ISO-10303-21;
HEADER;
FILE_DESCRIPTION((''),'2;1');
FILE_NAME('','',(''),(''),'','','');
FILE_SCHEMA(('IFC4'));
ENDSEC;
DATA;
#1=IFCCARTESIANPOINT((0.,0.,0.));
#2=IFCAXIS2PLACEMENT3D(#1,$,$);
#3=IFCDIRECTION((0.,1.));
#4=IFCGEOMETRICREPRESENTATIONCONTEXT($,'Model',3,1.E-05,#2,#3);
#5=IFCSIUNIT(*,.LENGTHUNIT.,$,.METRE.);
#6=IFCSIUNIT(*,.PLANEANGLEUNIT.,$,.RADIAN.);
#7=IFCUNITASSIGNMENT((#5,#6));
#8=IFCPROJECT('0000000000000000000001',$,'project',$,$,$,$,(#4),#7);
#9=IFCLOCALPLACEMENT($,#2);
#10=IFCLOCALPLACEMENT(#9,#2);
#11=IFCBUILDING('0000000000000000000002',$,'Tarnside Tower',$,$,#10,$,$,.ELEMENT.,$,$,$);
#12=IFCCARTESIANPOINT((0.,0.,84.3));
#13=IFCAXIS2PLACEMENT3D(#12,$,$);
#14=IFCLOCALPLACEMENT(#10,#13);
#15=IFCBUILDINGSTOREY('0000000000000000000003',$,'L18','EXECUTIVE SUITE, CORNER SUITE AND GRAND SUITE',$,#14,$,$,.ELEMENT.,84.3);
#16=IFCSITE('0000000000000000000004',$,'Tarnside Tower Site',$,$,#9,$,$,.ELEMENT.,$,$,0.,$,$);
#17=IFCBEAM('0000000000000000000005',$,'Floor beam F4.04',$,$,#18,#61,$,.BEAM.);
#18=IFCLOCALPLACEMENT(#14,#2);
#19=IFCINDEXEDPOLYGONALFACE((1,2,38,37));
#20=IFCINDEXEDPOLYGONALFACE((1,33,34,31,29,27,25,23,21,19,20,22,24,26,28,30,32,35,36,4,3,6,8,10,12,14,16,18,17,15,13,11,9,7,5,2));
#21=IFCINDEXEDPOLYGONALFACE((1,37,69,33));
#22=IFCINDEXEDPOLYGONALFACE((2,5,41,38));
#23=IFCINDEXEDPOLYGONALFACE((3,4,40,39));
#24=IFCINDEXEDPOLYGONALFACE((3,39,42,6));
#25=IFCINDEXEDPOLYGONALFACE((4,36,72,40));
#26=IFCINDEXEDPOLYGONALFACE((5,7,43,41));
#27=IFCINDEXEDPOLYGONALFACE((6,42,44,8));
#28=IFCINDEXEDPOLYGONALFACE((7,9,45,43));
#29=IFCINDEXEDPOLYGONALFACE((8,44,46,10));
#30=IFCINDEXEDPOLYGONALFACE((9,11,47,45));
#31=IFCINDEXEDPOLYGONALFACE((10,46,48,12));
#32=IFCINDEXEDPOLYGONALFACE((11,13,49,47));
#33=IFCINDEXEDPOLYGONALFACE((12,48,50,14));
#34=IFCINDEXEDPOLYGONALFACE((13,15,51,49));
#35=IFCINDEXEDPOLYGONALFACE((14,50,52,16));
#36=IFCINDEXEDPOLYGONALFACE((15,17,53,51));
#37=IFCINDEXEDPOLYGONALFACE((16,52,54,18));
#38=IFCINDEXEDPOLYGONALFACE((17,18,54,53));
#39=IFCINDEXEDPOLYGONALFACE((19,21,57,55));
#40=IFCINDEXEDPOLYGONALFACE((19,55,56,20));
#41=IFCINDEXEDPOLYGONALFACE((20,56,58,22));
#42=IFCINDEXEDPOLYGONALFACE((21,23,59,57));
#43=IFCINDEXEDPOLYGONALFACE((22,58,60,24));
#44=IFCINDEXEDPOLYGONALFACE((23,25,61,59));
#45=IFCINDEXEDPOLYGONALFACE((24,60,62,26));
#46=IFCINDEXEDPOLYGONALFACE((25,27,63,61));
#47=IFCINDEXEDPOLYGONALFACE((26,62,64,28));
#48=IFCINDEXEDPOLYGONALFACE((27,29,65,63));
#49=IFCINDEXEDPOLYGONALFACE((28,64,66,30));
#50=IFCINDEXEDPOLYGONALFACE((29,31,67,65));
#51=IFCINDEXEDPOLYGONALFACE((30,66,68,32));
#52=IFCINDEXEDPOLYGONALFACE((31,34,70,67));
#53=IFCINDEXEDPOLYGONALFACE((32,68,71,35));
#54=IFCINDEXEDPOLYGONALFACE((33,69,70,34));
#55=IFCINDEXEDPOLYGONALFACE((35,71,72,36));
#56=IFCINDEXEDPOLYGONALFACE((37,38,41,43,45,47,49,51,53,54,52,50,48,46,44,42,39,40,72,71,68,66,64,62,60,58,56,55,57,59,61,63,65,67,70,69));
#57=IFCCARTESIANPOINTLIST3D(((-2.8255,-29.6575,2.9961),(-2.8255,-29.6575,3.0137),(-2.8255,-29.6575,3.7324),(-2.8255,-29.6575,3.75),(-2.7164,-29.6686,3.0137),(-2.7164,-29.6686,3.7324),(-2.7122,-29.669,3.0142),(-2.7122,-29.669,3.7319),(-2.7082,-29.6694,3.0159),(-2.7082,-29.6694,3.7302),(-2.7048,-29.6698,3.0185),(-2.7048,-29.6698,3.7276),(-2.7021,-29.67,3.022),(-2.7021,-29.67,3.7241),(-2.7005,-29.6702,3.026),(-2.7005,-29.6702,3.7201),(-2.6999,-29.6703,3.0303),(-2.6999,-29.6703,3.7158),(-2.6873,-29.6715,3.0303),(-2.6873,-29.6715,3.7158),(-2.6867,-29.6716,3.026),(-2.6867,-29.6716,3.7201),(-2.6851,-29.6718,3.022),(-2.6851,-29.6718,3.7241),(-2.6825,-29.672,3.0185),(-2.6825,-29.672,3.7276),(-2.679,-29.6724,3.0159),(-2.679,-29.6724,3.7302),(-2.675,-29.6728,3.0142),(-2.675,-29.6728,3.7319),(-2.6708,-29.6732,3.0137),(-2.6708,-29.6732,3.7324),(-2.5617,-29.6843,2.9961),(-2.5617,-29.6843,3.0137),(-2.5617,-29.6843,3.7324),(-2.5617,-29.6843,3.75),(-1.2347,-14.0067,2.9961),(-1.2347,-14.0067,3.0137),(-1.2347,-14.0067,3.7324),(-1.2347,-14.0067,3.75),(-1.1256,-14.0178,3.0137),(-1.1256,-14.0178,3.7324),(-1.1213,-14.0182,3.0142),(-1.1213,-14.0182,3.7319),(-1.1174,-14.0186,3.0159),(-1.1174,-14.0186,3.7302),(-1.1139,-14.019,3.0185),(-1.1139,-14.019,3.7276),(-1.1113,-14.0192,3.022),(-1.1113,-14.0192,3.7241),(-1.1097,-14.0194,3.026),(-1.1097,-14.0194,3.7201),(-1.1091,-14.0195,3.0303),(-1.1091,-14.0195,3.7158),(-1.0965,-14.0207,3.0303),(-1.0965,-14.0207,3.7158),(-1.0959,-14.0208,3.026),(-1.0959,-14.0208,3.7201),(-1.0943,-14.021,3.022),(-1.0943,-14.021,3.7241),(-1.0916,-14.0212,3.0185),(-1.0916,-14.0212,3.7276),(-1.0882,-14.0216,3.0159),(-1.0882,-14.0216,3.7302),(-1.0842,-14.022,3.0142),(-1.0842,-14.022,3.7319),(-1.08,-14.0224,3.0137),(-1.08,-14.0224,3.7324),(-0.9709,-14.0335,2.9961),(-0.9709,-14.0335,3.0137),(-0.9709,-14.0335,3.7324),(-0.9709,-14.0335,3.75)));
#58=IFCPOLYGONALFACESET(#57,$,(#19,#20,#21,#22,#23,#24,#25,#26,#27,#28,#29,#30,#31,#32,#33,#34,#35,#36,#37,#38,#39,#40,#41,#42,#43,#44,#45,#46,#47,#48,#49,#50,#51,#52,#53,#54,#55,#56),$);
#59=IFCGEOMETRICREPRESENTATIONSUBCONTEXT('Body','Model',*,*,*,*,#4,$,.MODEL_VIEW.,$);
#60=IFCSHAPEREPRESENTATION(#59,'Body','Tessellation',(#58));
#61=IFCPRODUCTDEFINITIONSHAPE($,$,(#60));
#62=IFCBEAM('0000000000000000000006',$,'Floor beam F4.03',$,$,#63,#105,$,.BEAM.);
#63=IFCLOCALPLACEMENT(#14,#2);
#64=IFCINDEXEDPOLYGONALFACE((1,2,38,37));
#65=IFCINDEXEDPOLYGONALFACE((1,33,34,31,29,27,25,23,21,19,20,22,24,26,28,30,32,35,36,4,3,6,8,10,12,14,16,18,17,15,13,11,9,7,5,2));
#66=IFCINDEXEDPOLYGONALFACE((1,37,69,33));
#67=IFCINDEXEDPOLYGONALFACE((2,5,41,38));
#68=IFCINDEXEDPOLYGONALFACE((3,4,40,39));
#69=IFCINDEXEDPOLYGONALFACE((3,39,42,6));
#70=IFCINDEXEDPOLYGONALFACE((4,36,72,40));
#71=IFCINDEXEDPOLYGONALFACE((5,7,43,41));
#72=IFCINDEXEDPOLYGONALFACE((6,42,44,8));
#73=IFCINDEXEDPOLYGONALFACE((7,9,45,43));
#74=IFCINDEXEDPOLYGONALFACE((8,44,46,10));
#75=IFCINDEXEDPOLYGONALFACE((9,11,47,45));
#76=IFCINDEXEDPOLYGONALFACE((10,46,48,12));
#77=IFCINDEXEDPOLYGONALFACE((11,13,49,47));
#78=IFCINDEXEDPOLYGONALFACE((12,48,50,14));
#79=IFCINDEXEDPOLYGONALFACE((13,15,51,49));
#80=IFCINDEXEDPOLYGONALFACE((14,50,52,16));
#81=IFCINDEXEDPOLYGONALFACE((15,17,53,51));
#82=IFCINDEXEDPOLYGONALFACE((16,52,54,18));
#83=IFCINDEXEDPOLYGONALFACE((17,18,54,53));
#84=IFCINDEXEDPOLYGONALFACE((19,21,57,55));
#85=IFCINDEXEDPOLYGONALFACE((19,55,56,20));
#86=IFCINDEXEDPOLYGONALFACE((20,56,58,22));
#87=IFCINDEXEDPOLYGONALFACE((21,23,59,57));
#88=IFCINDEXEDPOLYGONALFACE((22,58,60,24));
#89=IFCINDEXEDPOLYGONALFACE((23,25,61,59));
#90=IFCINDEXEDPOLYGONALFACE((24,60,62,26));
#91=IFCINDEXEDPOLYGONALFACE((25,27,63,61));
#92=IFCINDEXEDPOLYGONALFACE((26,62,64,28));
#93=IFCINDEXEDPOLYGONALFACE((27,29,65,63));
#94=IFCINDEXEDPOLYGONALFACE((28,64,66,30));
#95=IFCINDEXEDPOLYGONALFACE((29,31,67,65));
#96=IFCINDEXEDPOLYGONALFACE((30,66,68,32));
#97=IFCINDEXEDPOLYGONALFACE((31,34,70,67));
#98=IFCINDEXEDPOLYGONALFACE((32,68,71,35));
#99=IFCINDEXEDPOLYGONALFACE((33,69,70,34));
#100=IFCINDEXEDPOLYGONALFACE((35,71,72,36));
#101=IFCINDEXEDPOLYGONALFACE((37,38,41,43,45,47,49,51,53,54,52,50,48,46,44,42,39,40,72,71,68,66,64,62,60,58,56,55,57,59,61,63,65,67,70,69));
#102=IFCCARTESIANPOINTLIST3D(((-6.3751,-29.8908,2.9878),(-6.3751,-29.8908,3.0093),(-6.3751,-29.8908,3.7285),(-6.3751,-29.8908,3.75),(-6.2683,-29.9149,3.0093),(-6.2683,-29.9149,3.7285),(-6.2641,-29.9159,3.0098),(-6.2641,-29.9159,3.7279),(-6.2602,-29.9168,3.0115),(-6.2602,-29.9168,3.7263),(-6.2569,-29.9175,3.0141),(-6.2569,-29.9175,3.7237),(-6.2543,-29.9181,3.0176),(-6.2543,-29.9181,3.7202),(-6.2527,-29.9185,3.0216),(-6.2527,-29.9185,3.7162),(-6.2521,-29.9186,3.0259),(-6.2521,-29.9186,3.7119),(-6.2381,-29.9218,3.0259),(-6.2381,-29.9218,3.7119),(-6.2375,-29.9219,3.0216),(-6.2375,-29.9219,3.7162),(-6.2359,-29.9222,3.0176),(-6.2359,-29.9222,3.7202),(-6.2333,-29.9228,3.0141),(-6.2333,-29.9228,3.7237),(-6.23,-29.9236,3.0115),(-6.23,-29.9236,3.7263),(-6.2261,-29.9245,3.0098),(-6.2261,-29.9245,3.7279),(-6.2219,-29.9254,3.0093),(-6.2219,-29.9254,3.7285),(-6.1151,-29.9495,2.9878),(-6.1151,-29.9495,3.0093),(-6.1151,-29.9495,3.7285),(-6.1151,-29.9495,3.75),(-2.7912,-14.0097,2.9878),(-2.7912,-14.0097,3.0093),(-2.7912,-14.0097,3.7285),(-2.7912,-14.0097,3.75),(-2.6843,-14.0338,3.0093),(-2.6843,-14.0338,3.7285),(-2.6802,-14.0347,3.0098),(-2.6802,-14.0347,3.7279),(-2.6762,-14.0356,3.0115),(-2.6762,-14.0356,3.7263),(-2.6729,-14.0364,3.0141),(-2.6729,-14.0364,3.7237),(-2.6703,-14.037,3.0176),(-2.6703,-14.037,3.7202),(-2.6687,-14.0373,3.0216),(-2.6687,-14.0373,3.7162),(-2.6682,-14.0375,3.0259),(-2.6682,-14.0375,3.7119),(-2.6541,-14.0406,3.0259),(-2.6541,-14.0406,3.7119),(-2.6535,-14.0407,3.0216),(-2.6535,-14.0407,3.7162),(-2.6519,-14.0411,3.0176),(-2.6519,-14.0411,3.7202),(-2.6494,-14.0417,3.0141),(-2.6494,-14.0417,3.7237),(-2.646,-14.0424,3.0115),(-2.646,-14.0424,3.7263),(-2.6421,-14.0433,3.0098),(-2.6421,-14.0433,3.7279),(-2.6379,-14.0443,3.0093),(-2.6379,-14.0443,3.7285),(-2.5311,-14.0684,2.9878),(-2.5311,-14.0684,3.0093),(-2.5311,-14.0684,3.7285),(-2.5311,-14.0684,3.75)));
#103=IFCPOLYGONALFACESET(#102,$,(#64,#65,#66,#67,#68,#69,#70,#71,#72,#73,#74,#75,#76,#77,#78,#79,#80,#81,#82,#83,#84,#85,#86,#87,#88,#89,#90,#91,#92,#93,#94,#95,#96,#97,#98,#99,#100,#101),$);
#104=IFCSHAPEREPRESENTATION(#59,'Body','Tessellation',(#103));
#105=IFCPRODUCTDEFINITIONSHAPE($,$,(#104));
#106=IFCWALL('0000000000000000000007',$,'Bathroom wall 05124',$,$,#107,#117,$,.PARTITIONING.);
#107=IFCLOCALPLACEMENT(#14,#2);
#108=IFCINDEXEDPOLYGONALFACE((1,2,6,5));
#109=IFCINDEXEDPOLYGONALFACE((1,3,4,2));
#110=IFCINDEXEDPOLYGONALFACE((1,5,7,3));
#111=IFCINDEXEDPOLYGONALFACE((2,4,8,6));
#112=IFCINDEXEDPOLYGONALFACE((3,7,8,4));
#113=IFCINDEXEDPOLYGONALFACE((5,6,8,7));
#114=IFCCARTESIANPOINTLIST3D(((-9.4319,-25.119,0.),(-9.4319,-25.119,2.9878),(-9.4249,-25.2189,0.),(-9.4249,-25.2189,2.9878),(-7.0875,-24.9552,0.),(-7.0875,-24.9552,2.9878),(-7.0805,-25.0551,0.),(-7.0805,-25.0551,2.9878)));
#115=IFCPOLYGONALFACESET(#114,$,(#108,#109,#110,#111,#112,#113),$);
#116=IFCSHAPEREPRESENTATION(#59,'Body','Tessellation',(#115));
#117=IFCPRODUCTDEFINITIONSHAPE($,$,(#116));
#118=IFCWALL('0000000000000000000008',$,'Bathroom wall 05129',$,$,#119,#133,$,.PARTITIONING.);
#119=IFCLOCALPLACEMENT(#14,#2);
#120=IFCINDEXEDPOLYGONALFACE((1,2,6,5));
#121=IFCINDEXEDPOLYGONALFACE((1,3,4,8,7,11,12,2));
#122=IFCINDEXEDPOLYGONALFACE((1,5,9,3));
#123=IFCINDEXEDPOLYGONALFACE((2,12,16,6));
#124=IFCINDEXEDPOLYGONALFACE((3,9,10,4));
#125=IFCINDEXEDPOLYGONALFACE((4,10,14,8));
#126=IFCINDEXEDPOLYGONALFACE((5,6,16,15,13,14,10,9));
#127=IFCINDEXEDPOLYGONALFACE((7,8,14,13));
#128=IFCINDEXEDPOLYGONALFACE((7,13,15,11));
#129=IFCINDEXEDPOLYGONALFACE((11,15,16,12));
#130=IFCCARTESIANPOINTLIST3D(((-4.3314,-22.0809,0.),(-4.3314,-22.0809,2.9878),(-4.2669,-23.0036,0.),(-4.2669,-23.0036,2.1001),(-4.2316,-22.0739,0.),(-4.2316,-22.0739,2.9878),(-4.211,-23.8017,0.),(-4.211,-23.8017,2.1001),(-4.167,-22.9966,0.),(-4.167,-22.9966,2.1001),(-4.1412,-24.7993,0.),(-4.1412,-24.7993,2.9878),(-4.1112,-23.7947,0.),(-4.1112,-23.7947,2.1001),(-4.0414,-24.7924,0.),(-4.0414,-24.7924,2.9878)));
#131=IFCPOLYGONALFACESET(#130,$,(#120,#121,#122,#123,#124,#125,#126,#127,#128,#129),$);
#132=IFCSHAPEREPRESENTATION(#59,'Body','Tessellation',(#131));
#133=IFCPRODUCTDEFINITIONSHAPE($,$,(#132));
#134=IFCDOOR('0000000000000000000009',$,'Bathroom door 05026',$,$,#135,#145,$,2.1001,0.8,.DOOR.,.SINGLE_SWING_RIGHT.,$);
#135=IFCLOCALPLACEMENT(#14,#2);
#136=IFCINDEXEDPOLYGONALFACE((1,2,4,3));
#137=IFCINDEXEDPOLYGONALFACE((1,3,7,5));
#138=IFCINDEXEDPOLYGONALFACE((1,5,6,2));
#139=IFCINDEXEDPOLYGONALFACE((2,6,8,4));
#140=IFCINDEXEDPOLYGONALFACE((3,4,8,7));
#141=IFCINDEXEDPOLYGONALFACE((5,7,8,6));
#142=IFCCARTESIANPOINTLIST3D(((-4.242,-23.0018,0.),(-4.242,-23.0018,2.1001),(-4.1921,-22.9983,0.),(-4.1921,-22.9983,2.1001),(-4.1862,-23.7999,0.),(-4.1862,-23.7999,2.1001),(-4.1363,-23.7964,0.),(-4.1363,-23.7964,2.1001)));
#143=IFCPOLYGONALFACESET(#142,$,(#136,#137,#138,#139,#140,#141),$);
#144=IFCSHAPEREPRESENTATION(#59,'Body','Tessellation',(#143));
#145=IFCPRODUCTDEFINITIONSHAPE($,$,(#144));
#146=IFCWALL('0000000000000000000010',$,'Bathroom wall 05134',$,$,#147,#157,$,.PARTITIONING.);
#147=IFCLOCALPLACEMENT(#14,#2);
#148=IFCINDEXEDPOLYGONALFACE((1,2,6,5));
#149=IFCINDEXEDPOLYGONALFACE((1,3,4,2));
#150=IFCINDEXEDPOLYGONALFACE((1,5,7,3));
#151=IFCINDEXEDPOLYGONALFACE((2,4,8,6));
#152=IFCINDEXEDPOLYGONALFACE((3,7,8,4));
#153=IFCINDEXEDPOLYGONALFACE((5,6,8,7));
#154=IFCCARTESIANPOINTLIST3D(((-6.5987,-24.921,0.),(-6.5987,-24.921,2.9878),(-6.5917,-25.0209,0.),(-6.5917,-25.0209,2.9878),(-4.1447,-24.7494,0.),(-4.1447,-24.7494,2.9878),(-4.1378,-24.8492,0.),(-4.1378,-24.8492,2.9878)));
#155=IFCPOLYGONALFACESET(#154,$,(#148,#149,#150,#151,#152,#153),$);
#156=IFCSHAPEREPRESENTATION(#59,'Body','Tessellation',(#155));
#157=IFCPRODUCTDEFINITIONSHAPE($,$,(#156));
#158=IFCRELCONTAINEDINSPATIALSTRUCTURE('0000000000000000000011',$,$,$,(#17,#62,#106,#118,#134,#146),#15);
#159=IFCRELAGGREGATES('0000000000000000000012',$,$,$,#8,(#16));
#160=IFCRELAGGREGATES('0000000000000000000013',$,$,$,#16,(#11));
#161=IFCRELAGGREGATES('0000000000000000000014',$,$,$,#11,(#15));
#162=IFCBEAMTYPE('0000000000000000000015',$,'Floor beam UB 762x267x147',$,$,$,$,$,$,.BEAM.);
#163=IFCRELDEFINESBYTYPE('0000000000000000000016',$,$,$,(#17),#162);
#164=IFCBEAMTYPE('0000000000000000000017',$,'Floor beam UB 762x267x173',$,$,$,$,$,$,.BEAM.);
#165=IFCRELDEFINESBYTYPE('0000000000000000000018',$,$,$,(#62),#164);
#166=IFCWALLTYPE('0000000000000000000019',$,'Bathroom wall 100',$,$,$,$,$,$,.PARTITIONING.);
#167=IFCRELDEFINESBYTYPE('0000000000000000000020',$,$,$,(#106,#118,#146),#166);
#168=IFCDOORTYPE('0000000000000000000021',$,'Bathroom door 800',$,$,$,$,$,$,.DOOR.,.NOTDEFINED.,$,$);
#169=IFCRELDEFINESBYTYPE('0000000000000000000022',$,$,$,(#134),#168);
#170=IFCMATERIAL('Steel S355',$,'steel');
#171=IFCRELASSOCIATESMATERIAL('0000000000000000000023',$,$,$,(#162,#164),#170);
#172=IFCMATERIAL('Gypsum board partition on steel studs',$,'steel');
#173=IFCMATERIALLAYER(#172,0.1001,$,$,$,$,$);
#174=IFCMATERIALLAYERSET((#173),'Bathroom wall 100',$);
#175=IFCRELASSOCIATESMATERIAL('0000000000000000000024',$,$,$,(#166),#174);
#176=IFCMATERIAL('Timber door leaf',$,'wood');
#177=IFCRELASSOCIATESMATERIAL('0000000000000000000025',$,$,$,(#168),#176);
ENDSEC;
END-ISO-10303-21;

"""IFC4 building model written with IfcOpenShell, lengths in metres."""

from ifc_helpers import new_model, si_unit, direction, frame, frame_2d, origin, origin_2d, place, context, subcontext, project, spatial, rectangle, i_section, extrude, material, layer, layer_set, material_profile, profile_set, type_object, element, fill, save


model = new_model("IFC4")

# Units and contexts
model_context = context("Model", 3, precision=1e-05, world=origin(), true_north=direction((0.0, 1.0)))
body_context = subcontext(model_context, "Body", "Model", "MODEL_VIEW")
ifc_project = project(units=[si_unit("LENGTHUNIT", "METRE"), si_unit("PLANEANGLEUNIT", "RADIAN")], contexts=[model_context])

# Site, building, storey
site_placement = place(None, origin())
site = spatial("IfcSite", under=ifc_project, at=site_placement, Name="Tarnside Tower Site", CompositionType="ELEMENT", RefElevation=0.0)
building_placement = place(site_placement, origin())
building = spatial("IfcBuilding", under=site, at=building_placement, Name="Tarnside Tower", CompositionType="ELEMENT")
storey_placement = place(building_placement, frame((0.0, 0.0, 84.3)))
storey = spatial("IfcBuildingStorey", under=building, at=storey_placement, Name="L18", Description="EXECUTIVE SUITE, CORNER SUITE AND GRAND SUITE", CompositionType="ELEMENT", Elevation=84.3)

# Beams
ifc_material_1 = material(Name="Steel S355", Category="steel")
ifc_material_profile_1 = material_profile(ifc_material_1, i_section(OverallWidth=0.2651, OverallDepth=0.7539, WebThickness=0.0127, FlangeThickness=0.0176, FilletRadius=0.0166, at=origin_2d()), Name="UB 762x267x147")
ifc_profile_set_1 = profile_set([ifc_material_profile_1], Name="Steel S355")
beam_type_1 = type_object("IfcBeamType", Name="Floor beam UB 762x267x147", PredefinedType="BEAM", material=ifc_profile_set_1)
beam_1_placement = place(storey_placement, frame((-2.6936, -29.6709, 3.373), z_axis=(0.101123, 0.994874, 0.0), x_axis=(-0.994874, 0.101123, 0.0)))
element("IfcBeam", 1, at=beam_1_placement, inside=storey, type_object=beam_type_1, Name="Floor beam F4.04", PredefinedType="BEAM", context=body_context, shape_type="SweptSolid", body=[
    extrude(i_section(OverallWidth=0.2651, OverallDepth=0.7539, WebThickness=0.0127, FlangeThickness=0.0176, FilletRadius=0.0166, at=origin_2d()), origin(), (0.0, 0.0, 1.0), 15.7314),
])
ifc_material_profile_2 = material_profile(ifc_material_1, i_section(OverallWidth=0.2666, OverallDepth=0.7622, WebThickness=0.0144, FlangeThickness=0.0215, FilletRadius=0.0166, at=origin_2d()), Name="UB 762x267x173")
ifc_profile_set_2 = profile_set([ifc_material_profile_2], Name="Steel S355")
beam_type_2 = type_object("IfcBeamType", Name="Floor beam UB 762x267x173", PredefinedType="BEAM", material=ifc_profile_set_2)
beam_2_placement = place(storey_placement, frame((-6.2451, -29.9202, 3.3689), z_axis=(0.22014, 0.975468, 0.0), x_axis=(-0.975468, 0.22014, 0.0)))
element("IfcBeam", 2, at=beam_2_placement, inside=storey, type_object=beam_type_2, Name="Floor beam F4.03", PredefinedType="BEAM", context=body_context, shape_type="SweptSolid", body=[
    extrude(i_section(OverallWidth=0.2666, OverallDepth=0.7622, WebThickness=0.0144, FlangeThickness=0.0215, FilletRadius=0.0166, at=origin_2d()), origin(), (0.0, 0.0, 1.0), 16.2805),
])

# Wall
ifc_material_2 = material(Name="Gypsum board partition on steel studs", Category="steel")
ifc_layer_1 = layer(ifc_material_2, 0.1001)
ifc_layer_set_1 = layer_set([ifc_layer_1], Name="Bathroom wall 100")
wall_type_1 = type_object("IfcWallType", Name="Bathroom wall 100", PredefinedType="PARTITIONING", material=ifc_layer_set_1)
wall_1_placement = place(storey_placement, frame((-7.084, -25.0051, 0.0), z_axis=(0.0, 0.0, 1.0), x_axis=(-0.997568, -0.069704, 0.0)))
element("IfcWall", 3, at=wall_1_placement, inside=storey, type_object=wall_type_1, Name="Bathroom wall 05124", PredefinedType="PARTITIONING", context=body_context, shape_type="SweptSolid", body=[
    extrude(rectangle(XDim=2.3501, YDim=0.1001, at=frame_2d((1.175, 0.0))), origin(), (0.0, 0.0, 1.0), 2.9878),
])

# Wall, opening, door
wall_2_placement = place(storey_placement, frame((-4.2815, -22.0774, 0.0), z_axis=(0.0, 0.0, 1.0), x_axis=(0.069789, -0.997562, 0.0)))
wall_2 = element("IfcWall", 4, at=wall_2_placement, inside=storey, type_object=wall_type_1, Name="Bathroom wall 05129", PredefinedType="PARTITIONING", context=body_context, shape_type="SweptSolid", body=[
    extrude(rectangle(XDim=2.7251, YDim=0.1001, at=frame_2d((1.3625, 0.0))), origin(), (0.0, 0.0, 1.0), 2.9878),
])
opening_1_placement = place(wall_2_placement, frame((0.925, 0.0, 0.0)))
opening_1 = element("IfcOpeningElement", 5, at=opening_1_placement, cuts=wall_2, PredefinedType="OPENING", context=body_context, shape_type="SweptSolid", body=[
    extrude(rectangle(XDim=0.8, YDim=2.1001, at=frame_2d((0.3999, 1.05))), frame((0.0, 0.0601, 0.0), z_axis=(0.0, -1.0, 0.0), x_axis=(1.0, 0.0, 0.0)), (0.0, 0.0, 1.0), 0.1201),
])
ifc_material_3 = material(Name="Timber door leaf", Category="wood")
door_type_1 = type_object("IfcDoorType", Name="Bathroom door 800", OperationType="NOTDEFINED", PredefinedType="DOOR", material=ifc_material_3)
door_1_placement = place(opening_1_placement, origin())
door_1 = element("IfcDoor", 6, at=door_1_placement, inside=storey, type_object=door_type_1, Name="Bathroom door 05026", OperationType="SINGLE_SWING_RIGHT", OverallHeight=2.1001, OverallWidth=0.8, PredefinedType="DOOR", context=body_context, shape_type="SweptSolid", body=[
    extrude(rectangle(XDim=0.8, YDim=2.1001, at=frame_2d((0.3999, 1.05))), frame((0.0, 0.0249, 0.0), z_axis=(0.0, -1.0, 0.0), x_axis=(1.0, 0.0, 0.0)), (0.0, 0.0, 1.0), 0.05),
])
fill(opening_1, door_1)

# Wall
wall_3_placement = place(storey_placement, frame((-6.5952, -24.9709, 0.0), z_axis=(0.0, 0.0, 1.0), x_axis=(0.997563, 0.069773, 0.0)))
element("IfcWall", 7, at=wall_3_placement, inside=storey, type_object=wall_type_1, Name="Bathroom wall 05134", PredefinedType="PARTITIONING", context=body_context, shape_type="SweptSolid", body=[
    extrude(rectangle(XDim=2.46, YDim=0.1001, at=frame_2d((1.23, 0.0))), origin(), (0.0, 0.0, 1.0), 2.9878),
])

save(model, "model.ifc")
